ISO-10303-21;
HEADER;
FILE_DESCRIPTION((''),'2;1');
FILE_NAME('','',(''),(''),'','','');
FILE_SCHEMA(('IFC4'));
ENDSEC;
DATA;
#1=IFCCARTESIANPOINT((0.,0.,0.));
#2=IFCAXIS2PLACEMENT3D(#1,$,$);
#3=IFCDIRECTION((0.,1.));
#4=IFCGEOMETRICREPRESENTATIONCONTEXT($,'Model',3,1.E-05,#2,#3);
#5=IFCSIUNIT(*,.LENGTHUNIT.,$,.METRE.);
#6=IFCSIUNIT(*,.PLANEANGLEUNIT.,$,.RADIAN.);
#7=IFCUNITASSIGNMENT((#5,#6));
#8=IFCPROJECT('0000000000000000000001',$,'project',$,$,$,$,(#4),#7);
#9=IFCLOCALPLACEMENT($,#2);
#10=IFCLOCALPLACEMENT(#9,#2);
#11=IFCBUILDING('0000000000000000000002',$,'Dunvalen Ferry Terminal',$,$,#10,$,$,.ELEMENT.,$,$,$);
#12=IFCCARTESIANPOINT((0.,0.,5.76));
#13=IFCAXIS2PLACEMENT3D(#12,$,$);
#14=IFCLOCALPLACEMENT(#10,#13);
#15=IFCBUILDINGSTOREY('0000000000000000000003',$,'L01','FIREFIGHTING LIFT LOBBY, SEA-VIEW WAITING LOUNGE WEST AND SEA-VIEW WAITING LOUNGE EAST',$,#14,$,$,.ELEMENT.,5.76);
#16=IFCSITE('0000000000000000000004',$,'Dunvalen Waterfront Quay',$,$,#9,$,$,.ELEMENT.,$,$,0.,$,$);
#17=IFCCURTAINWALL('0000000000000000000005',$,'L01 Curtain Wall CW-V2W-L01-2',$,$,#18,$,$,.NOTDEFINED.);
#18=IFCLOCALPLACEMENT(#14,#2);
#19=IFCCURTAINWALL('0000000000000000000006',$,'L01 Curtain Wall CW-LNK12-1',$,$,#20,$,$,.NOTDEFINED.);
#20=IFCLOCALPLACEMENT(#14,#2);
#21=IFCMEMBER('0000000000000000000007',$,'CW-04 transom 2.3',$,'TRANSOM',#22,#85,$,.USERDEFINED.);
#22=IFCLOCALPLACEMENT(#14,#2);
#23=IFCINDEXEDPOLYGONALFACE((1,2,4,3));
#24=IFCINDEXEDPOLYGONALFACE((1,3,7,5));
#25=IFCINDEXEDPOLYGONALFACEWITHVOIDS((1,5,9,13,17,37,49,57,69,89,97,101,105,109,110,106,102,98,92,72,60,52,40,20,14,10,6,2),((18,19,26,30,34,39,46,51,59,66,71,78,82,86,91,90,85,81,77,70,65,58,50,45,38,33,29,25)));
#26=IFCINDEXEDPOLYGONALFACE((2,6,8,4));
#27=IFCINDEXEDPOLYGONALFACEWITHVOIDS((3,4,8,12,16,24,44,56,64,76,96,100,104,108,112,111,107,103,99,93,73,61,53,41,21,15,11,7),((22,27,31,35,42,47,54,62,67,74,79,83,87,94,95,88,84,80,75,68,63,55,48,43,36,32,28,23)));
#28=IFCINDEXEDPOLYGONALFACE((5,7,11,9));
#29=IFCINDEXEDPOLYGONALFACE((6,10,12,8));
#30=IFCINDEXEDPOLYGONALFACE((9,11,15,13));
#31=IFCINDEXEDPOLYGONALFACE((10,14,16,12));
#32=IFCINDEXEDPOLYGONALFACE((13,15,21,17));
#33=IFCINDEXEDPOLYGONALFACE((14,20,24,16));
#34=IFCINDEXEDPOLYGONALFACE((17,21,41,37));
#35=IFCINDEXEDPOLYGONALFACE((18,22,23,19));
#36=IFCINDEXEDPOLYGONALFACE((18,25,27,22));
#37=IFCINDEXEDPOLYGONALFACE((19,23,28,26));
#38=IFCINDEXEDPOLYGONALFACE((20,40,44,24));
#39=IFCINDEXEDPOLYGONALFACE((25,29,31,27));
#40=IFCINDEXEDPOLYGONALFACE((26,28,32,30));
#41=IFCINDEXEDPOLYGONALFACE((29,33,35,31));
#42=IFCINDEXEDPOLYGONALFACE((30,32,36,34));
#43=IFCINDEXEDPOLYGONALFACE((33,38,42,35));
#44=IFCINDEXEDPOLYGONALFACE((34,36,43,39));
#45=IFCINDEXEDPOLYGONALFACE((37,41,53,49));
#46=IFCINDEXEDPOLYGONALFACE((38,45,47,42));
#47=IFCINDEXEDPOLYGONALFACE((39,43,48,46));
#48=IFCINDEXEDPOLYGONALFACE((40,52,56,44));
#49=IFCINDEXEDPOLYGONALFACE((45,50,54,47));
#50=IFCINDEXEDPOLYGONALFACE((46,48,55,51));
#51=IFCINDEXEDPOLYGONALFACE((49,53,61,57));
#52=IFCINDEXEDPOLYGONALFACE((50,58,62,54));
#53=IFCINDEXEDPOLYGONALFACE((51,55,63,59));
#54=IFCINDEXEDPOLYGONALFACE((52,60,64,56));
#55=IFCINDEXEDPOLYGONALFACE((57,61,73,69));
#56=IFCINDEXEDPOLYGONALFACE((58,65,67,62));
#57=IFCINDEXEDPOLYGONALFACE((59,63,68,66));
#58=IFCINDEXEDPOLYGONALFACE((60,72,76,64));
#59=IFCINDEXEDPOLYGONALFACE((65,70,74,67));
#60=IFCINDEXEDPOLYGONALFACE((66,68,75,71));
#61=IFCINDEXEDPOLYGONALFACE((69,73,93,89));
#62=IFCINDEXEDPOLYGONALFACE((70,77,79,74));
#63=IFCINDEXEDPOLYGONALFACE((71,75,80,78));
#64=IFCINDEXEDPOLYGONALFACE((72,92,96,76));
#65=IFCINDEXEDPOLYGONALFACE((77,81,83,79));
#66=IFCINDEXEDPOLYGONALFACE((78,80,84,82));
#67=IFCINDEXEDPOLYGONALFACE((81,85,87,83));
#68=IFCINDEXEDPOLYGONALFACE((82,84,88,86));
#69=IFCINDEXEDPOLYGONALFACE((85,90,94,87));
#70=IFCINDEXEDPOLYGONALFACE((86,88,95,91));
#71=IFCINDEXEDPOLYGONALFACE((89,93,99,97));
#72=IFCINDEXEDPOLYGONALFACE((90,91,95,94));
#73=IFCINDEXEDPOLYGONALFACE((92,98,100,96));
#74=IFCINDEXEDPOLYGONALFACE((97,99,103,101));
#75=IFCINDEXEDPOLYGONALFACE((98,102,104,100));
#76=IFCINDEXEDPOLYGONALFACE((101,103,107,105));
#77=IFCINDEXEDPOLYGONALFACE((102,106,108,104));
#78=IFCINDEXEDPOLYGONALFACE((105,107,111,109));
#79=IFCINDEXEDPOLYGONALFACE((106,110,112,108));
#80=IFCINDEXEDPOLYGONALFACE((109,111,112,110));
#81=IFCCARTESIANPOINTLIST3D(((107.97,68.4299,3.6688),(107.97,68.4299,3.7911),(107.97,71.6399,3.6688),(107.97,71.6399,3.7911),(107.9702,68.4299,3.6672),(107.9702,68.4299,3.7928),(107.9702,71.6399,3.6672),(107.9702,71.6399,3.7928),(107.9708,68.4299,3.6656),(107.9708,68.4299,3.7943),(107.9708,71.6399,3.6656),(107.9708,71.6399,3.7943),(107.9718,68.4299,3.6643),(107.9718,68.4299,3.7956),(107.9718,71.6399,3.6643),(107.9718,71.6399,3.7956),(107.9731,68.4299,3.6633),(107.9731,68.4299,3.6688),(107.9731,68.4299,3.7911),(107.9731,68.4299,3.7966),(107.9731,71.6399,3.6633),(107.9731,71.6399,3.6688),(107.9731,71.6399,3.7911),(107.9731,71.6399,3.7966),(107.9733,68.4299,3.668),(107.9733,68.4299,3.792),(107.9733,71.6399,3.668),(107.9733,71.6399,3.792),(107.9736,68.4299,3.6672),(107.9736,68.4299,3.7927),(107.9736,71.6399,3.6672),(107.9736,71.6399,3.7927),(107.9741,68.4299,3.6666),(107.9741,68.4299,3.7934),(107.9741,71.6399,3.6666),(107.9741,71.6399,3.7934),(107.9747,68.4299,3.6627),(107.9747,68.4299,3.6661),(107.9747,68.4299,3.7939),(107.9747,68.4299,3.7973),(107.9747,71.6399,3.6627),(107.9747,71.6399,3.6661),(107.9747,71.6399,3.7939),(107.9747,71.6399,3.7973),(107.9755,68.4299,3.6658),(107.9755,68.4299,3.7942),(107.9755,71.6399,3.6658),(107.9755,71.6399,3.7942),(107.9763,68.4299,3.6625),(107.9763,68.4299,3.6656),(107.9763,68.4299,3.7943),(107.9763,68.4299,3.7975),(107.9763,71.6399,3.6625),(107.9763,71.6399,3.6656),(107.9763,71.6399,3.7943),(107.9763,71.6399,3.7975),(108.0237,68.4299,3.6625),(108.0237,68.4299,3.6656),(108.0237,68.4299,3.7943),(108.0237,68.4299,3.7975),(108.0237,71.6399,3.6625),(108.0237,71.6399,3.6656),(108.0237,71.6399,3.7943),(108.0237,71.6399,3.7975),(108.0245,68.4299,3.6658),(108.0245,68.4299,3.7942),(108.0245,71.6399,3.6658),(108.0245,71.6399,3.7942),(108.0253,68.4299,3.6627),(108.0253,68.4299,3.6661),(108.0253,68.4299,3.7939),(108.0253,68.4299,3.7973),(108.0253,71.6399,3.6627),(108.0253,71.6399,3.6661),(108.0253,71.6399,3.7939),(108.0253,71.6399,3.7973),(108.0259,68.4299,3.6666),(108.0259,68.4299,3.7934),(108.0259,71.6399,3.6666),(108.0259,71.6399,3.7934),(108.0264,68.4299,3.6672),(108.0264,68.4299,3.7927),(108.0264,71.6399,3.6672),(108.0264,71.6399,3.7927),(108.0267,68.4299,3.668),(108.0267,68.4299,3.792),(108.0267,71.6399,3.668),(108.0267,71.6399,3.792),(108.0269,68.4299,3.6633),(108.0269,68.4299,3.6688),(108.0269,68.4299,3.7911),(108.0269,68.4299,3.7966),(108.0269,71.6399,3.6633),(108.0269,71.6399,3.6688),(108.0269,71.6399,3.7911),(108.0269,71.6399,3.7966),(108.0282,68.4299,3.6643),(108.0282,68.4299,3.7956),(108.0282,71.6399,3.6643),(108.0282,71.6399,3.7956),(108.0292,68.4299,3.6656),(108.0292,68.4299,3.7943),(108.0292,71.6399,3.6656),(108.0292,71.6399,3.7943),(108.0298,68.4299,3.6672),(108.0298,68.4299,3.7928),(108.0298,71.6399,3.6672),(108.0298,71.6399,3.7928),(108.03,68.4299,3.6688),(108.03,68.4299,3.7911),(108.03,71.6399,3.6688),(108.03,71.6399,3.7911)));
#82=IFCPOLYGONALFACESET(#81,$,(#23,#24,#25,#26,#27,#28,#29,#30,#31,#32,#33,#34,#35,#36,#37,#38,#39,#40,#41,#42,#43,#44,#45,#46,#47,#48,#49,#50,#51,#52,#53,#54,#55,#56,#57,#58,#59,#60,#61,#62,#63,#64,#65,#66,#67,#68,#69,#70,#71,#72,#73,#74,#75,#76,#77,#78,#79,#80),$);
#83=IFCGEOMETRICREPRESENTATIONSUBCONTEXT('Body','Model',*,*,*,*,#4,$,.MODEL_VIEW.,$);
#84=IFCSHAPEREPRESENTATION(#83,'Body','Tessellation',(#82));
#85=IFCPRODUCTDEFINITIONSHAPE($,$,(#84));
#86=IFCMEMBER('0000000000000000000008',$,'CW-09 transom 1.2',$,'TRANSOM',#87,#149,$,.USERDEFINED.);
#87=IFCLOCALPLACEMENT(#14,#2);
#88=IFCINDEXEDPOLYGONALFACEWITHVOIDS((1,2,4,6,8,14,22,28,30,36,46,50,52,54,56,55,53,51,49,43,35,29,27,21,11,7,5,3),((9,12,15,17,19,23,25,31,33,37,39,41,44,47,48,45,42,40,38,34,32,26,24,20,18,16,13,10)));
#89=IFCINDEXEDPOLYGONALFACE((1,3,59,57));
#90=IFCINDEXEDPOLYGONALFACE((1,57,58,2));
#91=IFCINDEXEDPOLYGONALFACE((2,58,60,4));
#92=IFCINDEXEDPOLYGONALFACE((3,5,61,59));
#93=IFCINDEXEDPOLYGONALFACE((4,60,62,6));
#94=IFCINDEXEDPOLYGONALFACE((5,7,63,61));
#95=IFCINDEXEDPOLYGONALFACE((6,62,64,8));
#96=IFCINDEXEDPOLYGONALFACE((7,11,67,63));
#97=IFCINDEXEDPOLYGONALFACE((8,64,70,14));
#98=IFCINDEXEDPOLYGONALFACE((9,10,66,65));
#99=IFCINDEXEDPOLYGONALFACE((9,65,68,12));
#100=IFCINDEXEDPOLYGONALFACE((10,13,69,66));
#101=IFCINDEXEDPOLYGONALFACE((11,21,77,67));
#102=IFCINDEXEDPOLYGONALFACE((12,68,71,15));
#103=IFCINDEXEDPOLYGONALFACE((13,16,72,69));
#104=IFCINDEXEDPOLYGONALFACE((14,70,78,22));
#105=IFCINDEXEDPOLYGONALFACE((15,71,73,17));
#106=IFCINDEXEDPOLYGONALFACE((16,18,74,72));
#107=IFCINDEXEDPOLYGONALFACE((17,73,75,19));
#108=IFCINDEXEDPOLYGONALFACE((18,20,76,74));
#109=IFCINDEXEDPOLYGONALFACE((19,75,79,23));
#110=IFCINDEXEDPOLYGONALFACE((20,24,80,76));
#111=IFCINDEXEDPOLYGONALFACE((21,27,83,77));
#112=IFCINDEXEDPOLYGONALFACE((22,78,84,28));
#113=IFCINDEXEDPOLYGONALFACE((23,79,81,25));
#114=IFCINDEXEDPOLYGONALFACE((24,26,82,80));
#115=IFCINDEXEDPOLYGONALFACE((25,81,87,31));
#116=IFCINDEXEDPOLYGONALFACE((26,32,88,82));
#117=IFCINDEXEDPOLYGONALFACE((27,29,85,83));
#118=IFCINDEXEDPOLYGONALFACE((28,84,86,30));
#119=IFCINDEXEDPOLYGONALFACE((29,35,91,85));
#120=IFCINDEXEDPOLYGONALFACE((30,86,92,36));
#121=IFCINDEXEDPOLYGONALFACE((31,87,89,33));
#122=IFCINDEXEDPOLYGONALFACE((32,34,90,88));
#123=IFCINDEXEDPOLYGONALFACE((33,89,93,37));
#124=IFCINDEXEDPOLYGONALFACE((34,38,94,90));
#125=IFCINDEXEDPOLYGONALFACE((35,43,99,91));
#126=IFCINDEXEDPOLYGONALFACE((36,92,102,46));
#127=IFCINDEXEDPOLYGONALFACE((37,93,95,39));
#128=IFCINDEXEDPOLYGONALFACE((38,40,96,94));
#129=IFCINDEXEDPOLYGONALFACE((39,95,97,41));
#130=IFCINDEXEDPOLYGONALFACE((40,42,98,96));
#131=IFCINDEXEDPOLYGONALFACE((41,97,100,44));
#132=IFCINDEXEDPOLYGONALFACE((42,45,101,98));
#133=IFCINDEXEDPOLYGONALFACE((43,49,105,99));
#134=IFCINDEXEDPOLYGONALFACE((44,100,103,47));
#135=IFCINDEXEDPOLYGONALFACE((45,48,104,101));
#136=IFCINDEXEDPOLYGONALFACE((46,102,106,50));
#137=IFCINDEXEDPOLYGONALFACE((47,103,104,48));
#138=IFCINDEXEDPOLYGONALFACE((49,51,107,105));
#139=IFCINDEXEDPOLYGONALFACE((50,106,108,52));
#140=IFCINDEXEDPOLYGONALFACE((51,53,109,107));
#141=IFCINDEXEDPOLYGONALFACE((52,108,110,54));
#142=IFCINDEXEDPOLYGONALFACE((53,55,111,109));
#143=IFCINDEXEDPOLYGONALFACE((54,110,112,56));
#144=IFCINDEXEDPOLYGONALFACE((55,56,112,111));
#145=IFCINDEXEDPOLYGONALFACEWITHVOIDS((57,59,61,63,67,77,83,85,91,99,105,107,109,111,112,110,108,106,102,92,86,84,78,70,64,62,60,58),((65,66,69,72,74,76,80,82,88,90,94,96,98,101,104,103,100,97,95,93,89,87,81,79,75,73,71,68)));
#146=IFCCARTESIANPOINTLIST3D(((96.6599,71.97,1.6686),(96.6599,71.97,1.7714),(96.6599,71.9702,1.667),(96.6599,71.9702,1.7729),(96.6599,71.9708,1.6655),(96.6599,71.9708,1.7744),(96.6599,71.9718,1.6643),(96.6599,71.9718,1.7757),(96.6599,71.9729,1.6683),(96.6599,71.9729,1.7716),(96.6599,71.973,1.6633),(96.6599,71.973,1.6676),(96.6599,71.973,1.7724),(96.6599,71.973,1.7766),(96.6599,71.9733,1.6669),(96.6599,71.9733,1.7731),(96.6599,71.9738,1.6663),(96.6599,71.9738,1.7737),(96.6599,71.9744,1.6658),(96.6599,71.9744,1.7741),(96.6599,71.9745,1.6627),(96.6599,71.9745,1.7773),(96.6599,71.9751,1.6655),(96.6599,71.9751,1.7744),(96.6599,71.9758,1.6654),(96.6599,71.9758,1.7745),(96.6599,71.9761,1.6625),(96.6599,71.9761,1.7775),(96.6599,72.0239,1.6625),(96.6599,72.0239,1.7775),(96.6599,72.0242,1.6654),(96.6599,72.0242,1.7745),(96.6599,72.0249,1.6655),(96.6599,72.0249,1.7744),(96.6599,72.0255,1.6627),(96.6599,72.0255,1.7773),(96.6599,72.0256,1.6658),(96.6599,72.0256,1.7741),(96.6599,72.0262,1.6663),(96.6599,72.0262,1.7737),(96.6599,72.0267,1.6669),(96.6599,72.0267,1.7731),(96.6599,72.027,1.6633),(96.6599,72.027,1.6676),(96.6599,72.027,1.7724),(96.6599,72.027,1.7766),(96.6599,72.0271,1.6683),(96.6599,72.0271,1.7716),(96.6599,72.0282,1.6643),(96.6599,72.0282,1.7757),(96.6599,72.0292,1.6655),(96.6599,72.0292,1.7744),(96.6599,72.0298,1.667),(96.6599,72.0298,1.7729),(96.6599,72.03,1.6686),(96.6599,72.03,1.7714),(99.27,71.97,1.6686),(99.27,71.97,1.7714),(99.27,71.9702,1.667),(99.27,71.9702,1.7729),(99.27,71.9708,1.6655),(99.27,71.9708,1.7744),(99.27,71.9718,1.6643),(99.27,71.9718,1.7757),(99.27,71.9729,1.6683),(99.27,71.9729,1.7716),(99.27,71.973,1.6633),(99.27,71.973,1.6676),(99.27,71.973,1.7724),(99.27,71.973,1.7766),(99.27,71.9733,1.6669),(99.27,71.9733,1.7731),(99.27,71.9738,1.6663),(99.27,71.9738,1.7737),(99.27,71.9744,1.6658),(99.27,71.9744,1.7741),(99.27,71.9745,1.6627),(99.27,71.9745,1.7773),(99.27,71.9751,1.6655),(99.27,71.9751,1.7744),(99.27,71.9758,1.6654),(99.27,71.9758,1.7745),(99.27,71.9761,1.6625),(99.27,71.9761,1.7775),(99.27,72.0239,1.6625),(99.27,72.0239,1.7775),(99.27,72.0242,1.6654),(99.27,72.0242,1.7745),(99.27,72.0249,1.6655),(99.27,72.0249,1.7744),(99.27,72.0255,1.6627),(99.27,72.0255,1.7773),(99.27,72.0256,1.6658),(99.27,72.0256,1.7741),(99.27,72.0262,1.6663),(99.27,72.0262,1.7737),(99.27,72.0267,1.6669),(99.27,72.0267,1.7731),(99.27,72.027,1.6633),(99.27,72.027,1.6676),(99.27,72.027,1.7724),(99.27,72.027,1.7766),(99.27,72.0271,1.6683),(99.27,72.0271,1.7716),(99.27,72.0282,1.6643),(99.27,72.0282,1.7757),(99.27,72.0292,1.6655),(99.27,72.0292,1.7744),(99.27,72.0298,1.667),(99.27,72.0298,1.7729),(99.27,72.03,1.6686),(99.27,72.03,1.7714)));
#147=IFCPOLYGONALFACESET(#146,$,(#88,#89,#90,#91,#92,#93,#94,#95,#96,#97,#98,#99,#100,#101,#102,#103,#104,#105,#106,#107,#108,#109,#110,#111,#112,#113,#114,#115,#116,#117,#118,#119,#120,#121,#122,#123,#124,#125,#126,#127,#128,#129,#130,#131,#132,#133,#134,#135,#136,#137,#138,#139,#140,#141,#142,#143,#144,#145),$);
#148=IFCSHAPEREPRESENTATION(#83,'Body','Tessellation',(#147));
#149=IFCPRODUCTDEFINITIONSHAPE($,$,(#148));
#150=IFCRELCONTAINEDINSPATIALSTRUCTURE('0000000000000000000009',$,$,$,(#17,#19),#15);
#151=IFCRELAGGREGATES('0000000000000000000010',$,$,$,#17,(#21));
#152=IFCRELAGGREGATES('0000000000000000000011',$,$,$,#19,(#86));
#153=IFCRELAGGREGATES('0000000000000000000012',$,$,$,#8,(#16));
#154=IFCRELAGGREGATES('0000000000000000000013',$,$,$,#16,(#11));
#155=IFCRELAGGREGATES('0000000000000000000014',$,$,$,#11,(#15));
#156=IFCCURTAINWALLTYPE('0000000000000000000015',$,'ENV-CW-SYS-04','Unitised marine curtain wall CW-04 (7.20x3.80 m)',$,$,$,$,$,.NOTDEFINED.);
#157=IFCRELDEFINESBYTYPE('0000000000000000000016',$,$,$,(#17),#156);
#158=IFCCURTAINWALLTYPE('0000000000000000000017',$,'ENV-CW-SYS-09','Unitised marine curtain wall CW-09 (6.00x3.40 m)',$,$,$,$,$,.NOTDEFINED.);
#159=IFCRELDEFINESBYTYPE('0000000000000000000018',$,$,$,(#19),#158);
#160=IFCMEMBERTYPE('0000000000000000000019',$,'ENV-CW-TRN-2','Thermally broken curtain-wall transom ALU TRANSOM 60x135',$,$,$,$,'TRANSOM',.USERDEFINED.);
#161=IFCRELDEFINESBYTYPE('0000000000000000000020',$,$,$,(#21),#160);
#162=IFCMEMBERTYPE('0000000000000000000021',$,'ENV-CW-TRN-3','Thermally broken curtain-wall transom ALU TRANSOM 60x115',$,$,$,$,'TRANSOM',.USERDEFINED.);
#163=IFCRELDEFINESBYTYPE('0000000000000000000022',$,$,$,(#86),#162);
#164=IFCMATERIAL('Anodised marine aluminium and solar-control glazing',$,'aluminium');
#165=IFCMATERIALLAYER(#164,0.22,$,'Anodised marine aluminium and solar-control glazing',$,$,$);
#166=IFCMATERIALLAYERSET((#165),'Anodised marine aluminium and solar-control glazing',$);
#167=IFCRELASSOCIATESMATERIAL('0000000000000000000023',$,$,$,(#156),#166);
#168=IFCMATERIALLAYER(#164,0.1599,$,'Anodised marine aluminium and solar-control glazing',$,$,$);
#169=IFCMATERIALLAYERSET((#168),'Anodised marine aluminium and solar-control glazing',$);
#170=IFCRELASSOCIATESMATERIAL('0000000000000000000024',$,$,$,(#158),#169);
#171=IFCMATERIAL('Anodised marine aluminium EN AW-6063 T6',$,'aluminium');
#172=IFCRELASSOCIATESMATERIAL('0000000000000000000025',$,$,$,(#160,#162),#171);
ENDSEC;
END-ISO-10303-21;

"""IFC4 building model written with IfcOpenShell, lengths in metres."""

from ifc_helpers import new_model, si_unit, direction, frame, origin, origin_2d, place, context, subcontext, project, spatial, hollow_rectangle, extrude, material, layer, layer_set, material_profile, profile_set, type_object, element, aggregate, save


model = new_model("IFC4")

# Units and contexts
model_context = context("Model", 3, precision=1e-05, world=origin(), true_north=direction((0.0, 1.0)))
body_context = subcontext(model_context, "Body", "Model", "MODEL_VIEW")
ifc_project = project(units=[si_unit("LENGTHUNIT", "METRE"), si_unit("PLANEANGLEUNIT", "RADIAN")], contexts=[model_context])

# Site, building, storey
site_placement = place(None, origin())
site = spatial("IfcSite", under=ifc_project, at=site_placement, Name="Dunvalen Waterfront Quay", CompositionType="ELEMENT", RefElevation=0.0)
building_placement = place(site_placement, origin())
building = spatial("IfcBuilding", under=site, at=building_placement, Name="Dunvalen Ferry Terminal", CompositionType="ELEMENT")
storey_placement = place(building_placement, frame((0.0, 0.0, 5.76)))
storey = spatial("IfcBuildingStorey", under=building, at=storey_placement, Name="L01", Description="FIREFIGHTING LIFT LOBBY, SEA-VIEW WAITING LOUNGE WEST AND SEA-VIEW WAITING LOUNGE EAST", CompositionType="ELEMENT", Elevation=5.76)

# Curtain walls
ifc_material_1 = material(Name="Anodised marine aluminium and solar-control glazing", Category="aluminium")
ifc_layer_1 = layer(ifc_material_1, 0.22, Name="Anodised marine aluminium and solar-control glazing")
ifc_layer_set_1 = layer_set([ifc_layer_1], Name="Anodised marine aluminium and solar-control glazing")
curtain_wall_type_1 = type_object("IfcCurtainWallType", Name="ENV-CW-SYS-04", Description="Unitised marine curtain wall CW-04 (7.20x3.80 m)", PredefinedType="NOTDEFINED", material=ifc_layer_set_1)
curtain_wall_1_placement = place(storey_placement, origin())
curtain_wall_1 = element("IfcCurtainWall", 1, at=curtain_wall_1_placement, inside=storey, type_object=curtain_wall_type_1, Name="L01 Curtain Wall CW-V2W-L01-2", PredefinedType="NOTDEFINED")
ifc_material_2 = material(Name="Anodised marine aluminium EN AW-6063 T6", Category="aluminium")
ifc_layer_2 = layer(ifc_material_1, 0.1599, Name="Anodised marine aluminium and solar-control glazing")
ifc_layer_set_2 = layer_set([ifc_layer_2], Name="Anodised marine aluminium and solar-control glazing")
curtain_wall_type_2 = type_object("IfcCurtainWallType", Name="ENV-CW-SYS-09", Description="Unitised marine curtain wall CW-09 (6.00x3.40 m)", PredefinedType="NOTDEFINED", material=ifc_layer_set_2)
curtain_wall_2_placement = place(storey_placement, origin())
curtain_wall_2 = element("IfcCurtainWall", 2, at=curtain_wall_2_placement, inside=storey, type_object=curtain_wall_type_2, Name="L01 Curtain Wall CW-LNK12-1", PredefinedType="NOTDEFINED")

# Members
ifc_material_profile_1 = material_profile(ifc_material_2, hollow_rectangle(XDim=0.0601, YDim=0.135, WallThickness=0.0032, InnerFilletRadius=0.0032, OuterFilletRadius=0.0063, at=origin_2d()), Name="Anodised marine aluminium EN AW-6063 T6")
ifc_profile_set_1 = profile_set([ifc_material_profile_1], Name="Anodised marine aluminium EN AW-6063 T6")
member_type_1 = type_object("IfcMemberType", Name="ENV-CW-TRN-2", Description="Thermally broken curtain-wall transom ALU TRANSOM 60x135", ElementType="TRANSOM", PredefinedType="USERDEFINED", material=ifc_profile_set_1)
member_1_placement = place(storey_placement, frame((108.0, 68.4299, 3.73), z_axis=(0.0, 1.0, 0.0), x_axis=(-1.0, 0.0, 0.0)))
member_1 = element("IfcMember", 3, at=member_1_placement, type_object=member_type_1, Name="CW-04 transom 2.3", ObjectType="TRANSOM", PredefinedType="USERDEFINED", context=body_context, shape_type="SweptSolid", body=[
    extrude(hollow_rectangle(XDim=0.0601, YDim=0.135, WallThickness=0.0032, InnerFilletRadius=0.0032, OuterFilletRadius=0.0063, at=origin_2d()), origin(), (0.0, 0.0, 1.0), 3.21),
])
ifc_material_profile_2 = material_profile(ifc_material_2, hollow_rectangle(XDim=0.0601, YDim=0.115, WallThickness=0.0029, InnerFilletRadius=0.0029, OuterFilletRadius=0.0061, at=origin_2d()), Name="Anodised marine aluminium EN AW-6063 T6")
ifc_profile_set_2 = profile_set([ifc_material_profile_2], Name="Anodised marine aluminium EN AW-6063 T6")
member_type_2 = type_object("IfcMemberType", Name="ENV-CW-TRN-3", Description="Thermally broken curtain-wall transom ALU TRANSOM 60x115", ElementType="TRANSOM", PredefinedType="USERDEFINED", material=ifc_profile_set_2)
member_2_placement = place(storey_placement, frame((96.6599, 72.0, 1.72), z_axis=(1.0, 0.0, 0.0), x_axis=(0.0, 1.0, 0.0)))
member_2 = element("IfcMember", 4, at=member_2_placement, type_object=member_type_2, Name="CW-09 transom 1.2", ObjectType="TRANSOM", PredefinedType="USERDEFINED", context=body_context, shape_type="SweptSolid", body=[
    extrude(hollow_rectangle(XDim=0.0601, YDim=0.115, WallThickness=0.0029, InnerFilletRadius=0.0029, OuterFilletRadius=0.0061, at=origin_2d()), origin(), (0.0, 0.0, 1.0), 2.6101),
])

aggregate(curtain_wall_1, [member_1])
aggregate(curtain_wall_2, [member_2])

save(model, "model.ifc")
